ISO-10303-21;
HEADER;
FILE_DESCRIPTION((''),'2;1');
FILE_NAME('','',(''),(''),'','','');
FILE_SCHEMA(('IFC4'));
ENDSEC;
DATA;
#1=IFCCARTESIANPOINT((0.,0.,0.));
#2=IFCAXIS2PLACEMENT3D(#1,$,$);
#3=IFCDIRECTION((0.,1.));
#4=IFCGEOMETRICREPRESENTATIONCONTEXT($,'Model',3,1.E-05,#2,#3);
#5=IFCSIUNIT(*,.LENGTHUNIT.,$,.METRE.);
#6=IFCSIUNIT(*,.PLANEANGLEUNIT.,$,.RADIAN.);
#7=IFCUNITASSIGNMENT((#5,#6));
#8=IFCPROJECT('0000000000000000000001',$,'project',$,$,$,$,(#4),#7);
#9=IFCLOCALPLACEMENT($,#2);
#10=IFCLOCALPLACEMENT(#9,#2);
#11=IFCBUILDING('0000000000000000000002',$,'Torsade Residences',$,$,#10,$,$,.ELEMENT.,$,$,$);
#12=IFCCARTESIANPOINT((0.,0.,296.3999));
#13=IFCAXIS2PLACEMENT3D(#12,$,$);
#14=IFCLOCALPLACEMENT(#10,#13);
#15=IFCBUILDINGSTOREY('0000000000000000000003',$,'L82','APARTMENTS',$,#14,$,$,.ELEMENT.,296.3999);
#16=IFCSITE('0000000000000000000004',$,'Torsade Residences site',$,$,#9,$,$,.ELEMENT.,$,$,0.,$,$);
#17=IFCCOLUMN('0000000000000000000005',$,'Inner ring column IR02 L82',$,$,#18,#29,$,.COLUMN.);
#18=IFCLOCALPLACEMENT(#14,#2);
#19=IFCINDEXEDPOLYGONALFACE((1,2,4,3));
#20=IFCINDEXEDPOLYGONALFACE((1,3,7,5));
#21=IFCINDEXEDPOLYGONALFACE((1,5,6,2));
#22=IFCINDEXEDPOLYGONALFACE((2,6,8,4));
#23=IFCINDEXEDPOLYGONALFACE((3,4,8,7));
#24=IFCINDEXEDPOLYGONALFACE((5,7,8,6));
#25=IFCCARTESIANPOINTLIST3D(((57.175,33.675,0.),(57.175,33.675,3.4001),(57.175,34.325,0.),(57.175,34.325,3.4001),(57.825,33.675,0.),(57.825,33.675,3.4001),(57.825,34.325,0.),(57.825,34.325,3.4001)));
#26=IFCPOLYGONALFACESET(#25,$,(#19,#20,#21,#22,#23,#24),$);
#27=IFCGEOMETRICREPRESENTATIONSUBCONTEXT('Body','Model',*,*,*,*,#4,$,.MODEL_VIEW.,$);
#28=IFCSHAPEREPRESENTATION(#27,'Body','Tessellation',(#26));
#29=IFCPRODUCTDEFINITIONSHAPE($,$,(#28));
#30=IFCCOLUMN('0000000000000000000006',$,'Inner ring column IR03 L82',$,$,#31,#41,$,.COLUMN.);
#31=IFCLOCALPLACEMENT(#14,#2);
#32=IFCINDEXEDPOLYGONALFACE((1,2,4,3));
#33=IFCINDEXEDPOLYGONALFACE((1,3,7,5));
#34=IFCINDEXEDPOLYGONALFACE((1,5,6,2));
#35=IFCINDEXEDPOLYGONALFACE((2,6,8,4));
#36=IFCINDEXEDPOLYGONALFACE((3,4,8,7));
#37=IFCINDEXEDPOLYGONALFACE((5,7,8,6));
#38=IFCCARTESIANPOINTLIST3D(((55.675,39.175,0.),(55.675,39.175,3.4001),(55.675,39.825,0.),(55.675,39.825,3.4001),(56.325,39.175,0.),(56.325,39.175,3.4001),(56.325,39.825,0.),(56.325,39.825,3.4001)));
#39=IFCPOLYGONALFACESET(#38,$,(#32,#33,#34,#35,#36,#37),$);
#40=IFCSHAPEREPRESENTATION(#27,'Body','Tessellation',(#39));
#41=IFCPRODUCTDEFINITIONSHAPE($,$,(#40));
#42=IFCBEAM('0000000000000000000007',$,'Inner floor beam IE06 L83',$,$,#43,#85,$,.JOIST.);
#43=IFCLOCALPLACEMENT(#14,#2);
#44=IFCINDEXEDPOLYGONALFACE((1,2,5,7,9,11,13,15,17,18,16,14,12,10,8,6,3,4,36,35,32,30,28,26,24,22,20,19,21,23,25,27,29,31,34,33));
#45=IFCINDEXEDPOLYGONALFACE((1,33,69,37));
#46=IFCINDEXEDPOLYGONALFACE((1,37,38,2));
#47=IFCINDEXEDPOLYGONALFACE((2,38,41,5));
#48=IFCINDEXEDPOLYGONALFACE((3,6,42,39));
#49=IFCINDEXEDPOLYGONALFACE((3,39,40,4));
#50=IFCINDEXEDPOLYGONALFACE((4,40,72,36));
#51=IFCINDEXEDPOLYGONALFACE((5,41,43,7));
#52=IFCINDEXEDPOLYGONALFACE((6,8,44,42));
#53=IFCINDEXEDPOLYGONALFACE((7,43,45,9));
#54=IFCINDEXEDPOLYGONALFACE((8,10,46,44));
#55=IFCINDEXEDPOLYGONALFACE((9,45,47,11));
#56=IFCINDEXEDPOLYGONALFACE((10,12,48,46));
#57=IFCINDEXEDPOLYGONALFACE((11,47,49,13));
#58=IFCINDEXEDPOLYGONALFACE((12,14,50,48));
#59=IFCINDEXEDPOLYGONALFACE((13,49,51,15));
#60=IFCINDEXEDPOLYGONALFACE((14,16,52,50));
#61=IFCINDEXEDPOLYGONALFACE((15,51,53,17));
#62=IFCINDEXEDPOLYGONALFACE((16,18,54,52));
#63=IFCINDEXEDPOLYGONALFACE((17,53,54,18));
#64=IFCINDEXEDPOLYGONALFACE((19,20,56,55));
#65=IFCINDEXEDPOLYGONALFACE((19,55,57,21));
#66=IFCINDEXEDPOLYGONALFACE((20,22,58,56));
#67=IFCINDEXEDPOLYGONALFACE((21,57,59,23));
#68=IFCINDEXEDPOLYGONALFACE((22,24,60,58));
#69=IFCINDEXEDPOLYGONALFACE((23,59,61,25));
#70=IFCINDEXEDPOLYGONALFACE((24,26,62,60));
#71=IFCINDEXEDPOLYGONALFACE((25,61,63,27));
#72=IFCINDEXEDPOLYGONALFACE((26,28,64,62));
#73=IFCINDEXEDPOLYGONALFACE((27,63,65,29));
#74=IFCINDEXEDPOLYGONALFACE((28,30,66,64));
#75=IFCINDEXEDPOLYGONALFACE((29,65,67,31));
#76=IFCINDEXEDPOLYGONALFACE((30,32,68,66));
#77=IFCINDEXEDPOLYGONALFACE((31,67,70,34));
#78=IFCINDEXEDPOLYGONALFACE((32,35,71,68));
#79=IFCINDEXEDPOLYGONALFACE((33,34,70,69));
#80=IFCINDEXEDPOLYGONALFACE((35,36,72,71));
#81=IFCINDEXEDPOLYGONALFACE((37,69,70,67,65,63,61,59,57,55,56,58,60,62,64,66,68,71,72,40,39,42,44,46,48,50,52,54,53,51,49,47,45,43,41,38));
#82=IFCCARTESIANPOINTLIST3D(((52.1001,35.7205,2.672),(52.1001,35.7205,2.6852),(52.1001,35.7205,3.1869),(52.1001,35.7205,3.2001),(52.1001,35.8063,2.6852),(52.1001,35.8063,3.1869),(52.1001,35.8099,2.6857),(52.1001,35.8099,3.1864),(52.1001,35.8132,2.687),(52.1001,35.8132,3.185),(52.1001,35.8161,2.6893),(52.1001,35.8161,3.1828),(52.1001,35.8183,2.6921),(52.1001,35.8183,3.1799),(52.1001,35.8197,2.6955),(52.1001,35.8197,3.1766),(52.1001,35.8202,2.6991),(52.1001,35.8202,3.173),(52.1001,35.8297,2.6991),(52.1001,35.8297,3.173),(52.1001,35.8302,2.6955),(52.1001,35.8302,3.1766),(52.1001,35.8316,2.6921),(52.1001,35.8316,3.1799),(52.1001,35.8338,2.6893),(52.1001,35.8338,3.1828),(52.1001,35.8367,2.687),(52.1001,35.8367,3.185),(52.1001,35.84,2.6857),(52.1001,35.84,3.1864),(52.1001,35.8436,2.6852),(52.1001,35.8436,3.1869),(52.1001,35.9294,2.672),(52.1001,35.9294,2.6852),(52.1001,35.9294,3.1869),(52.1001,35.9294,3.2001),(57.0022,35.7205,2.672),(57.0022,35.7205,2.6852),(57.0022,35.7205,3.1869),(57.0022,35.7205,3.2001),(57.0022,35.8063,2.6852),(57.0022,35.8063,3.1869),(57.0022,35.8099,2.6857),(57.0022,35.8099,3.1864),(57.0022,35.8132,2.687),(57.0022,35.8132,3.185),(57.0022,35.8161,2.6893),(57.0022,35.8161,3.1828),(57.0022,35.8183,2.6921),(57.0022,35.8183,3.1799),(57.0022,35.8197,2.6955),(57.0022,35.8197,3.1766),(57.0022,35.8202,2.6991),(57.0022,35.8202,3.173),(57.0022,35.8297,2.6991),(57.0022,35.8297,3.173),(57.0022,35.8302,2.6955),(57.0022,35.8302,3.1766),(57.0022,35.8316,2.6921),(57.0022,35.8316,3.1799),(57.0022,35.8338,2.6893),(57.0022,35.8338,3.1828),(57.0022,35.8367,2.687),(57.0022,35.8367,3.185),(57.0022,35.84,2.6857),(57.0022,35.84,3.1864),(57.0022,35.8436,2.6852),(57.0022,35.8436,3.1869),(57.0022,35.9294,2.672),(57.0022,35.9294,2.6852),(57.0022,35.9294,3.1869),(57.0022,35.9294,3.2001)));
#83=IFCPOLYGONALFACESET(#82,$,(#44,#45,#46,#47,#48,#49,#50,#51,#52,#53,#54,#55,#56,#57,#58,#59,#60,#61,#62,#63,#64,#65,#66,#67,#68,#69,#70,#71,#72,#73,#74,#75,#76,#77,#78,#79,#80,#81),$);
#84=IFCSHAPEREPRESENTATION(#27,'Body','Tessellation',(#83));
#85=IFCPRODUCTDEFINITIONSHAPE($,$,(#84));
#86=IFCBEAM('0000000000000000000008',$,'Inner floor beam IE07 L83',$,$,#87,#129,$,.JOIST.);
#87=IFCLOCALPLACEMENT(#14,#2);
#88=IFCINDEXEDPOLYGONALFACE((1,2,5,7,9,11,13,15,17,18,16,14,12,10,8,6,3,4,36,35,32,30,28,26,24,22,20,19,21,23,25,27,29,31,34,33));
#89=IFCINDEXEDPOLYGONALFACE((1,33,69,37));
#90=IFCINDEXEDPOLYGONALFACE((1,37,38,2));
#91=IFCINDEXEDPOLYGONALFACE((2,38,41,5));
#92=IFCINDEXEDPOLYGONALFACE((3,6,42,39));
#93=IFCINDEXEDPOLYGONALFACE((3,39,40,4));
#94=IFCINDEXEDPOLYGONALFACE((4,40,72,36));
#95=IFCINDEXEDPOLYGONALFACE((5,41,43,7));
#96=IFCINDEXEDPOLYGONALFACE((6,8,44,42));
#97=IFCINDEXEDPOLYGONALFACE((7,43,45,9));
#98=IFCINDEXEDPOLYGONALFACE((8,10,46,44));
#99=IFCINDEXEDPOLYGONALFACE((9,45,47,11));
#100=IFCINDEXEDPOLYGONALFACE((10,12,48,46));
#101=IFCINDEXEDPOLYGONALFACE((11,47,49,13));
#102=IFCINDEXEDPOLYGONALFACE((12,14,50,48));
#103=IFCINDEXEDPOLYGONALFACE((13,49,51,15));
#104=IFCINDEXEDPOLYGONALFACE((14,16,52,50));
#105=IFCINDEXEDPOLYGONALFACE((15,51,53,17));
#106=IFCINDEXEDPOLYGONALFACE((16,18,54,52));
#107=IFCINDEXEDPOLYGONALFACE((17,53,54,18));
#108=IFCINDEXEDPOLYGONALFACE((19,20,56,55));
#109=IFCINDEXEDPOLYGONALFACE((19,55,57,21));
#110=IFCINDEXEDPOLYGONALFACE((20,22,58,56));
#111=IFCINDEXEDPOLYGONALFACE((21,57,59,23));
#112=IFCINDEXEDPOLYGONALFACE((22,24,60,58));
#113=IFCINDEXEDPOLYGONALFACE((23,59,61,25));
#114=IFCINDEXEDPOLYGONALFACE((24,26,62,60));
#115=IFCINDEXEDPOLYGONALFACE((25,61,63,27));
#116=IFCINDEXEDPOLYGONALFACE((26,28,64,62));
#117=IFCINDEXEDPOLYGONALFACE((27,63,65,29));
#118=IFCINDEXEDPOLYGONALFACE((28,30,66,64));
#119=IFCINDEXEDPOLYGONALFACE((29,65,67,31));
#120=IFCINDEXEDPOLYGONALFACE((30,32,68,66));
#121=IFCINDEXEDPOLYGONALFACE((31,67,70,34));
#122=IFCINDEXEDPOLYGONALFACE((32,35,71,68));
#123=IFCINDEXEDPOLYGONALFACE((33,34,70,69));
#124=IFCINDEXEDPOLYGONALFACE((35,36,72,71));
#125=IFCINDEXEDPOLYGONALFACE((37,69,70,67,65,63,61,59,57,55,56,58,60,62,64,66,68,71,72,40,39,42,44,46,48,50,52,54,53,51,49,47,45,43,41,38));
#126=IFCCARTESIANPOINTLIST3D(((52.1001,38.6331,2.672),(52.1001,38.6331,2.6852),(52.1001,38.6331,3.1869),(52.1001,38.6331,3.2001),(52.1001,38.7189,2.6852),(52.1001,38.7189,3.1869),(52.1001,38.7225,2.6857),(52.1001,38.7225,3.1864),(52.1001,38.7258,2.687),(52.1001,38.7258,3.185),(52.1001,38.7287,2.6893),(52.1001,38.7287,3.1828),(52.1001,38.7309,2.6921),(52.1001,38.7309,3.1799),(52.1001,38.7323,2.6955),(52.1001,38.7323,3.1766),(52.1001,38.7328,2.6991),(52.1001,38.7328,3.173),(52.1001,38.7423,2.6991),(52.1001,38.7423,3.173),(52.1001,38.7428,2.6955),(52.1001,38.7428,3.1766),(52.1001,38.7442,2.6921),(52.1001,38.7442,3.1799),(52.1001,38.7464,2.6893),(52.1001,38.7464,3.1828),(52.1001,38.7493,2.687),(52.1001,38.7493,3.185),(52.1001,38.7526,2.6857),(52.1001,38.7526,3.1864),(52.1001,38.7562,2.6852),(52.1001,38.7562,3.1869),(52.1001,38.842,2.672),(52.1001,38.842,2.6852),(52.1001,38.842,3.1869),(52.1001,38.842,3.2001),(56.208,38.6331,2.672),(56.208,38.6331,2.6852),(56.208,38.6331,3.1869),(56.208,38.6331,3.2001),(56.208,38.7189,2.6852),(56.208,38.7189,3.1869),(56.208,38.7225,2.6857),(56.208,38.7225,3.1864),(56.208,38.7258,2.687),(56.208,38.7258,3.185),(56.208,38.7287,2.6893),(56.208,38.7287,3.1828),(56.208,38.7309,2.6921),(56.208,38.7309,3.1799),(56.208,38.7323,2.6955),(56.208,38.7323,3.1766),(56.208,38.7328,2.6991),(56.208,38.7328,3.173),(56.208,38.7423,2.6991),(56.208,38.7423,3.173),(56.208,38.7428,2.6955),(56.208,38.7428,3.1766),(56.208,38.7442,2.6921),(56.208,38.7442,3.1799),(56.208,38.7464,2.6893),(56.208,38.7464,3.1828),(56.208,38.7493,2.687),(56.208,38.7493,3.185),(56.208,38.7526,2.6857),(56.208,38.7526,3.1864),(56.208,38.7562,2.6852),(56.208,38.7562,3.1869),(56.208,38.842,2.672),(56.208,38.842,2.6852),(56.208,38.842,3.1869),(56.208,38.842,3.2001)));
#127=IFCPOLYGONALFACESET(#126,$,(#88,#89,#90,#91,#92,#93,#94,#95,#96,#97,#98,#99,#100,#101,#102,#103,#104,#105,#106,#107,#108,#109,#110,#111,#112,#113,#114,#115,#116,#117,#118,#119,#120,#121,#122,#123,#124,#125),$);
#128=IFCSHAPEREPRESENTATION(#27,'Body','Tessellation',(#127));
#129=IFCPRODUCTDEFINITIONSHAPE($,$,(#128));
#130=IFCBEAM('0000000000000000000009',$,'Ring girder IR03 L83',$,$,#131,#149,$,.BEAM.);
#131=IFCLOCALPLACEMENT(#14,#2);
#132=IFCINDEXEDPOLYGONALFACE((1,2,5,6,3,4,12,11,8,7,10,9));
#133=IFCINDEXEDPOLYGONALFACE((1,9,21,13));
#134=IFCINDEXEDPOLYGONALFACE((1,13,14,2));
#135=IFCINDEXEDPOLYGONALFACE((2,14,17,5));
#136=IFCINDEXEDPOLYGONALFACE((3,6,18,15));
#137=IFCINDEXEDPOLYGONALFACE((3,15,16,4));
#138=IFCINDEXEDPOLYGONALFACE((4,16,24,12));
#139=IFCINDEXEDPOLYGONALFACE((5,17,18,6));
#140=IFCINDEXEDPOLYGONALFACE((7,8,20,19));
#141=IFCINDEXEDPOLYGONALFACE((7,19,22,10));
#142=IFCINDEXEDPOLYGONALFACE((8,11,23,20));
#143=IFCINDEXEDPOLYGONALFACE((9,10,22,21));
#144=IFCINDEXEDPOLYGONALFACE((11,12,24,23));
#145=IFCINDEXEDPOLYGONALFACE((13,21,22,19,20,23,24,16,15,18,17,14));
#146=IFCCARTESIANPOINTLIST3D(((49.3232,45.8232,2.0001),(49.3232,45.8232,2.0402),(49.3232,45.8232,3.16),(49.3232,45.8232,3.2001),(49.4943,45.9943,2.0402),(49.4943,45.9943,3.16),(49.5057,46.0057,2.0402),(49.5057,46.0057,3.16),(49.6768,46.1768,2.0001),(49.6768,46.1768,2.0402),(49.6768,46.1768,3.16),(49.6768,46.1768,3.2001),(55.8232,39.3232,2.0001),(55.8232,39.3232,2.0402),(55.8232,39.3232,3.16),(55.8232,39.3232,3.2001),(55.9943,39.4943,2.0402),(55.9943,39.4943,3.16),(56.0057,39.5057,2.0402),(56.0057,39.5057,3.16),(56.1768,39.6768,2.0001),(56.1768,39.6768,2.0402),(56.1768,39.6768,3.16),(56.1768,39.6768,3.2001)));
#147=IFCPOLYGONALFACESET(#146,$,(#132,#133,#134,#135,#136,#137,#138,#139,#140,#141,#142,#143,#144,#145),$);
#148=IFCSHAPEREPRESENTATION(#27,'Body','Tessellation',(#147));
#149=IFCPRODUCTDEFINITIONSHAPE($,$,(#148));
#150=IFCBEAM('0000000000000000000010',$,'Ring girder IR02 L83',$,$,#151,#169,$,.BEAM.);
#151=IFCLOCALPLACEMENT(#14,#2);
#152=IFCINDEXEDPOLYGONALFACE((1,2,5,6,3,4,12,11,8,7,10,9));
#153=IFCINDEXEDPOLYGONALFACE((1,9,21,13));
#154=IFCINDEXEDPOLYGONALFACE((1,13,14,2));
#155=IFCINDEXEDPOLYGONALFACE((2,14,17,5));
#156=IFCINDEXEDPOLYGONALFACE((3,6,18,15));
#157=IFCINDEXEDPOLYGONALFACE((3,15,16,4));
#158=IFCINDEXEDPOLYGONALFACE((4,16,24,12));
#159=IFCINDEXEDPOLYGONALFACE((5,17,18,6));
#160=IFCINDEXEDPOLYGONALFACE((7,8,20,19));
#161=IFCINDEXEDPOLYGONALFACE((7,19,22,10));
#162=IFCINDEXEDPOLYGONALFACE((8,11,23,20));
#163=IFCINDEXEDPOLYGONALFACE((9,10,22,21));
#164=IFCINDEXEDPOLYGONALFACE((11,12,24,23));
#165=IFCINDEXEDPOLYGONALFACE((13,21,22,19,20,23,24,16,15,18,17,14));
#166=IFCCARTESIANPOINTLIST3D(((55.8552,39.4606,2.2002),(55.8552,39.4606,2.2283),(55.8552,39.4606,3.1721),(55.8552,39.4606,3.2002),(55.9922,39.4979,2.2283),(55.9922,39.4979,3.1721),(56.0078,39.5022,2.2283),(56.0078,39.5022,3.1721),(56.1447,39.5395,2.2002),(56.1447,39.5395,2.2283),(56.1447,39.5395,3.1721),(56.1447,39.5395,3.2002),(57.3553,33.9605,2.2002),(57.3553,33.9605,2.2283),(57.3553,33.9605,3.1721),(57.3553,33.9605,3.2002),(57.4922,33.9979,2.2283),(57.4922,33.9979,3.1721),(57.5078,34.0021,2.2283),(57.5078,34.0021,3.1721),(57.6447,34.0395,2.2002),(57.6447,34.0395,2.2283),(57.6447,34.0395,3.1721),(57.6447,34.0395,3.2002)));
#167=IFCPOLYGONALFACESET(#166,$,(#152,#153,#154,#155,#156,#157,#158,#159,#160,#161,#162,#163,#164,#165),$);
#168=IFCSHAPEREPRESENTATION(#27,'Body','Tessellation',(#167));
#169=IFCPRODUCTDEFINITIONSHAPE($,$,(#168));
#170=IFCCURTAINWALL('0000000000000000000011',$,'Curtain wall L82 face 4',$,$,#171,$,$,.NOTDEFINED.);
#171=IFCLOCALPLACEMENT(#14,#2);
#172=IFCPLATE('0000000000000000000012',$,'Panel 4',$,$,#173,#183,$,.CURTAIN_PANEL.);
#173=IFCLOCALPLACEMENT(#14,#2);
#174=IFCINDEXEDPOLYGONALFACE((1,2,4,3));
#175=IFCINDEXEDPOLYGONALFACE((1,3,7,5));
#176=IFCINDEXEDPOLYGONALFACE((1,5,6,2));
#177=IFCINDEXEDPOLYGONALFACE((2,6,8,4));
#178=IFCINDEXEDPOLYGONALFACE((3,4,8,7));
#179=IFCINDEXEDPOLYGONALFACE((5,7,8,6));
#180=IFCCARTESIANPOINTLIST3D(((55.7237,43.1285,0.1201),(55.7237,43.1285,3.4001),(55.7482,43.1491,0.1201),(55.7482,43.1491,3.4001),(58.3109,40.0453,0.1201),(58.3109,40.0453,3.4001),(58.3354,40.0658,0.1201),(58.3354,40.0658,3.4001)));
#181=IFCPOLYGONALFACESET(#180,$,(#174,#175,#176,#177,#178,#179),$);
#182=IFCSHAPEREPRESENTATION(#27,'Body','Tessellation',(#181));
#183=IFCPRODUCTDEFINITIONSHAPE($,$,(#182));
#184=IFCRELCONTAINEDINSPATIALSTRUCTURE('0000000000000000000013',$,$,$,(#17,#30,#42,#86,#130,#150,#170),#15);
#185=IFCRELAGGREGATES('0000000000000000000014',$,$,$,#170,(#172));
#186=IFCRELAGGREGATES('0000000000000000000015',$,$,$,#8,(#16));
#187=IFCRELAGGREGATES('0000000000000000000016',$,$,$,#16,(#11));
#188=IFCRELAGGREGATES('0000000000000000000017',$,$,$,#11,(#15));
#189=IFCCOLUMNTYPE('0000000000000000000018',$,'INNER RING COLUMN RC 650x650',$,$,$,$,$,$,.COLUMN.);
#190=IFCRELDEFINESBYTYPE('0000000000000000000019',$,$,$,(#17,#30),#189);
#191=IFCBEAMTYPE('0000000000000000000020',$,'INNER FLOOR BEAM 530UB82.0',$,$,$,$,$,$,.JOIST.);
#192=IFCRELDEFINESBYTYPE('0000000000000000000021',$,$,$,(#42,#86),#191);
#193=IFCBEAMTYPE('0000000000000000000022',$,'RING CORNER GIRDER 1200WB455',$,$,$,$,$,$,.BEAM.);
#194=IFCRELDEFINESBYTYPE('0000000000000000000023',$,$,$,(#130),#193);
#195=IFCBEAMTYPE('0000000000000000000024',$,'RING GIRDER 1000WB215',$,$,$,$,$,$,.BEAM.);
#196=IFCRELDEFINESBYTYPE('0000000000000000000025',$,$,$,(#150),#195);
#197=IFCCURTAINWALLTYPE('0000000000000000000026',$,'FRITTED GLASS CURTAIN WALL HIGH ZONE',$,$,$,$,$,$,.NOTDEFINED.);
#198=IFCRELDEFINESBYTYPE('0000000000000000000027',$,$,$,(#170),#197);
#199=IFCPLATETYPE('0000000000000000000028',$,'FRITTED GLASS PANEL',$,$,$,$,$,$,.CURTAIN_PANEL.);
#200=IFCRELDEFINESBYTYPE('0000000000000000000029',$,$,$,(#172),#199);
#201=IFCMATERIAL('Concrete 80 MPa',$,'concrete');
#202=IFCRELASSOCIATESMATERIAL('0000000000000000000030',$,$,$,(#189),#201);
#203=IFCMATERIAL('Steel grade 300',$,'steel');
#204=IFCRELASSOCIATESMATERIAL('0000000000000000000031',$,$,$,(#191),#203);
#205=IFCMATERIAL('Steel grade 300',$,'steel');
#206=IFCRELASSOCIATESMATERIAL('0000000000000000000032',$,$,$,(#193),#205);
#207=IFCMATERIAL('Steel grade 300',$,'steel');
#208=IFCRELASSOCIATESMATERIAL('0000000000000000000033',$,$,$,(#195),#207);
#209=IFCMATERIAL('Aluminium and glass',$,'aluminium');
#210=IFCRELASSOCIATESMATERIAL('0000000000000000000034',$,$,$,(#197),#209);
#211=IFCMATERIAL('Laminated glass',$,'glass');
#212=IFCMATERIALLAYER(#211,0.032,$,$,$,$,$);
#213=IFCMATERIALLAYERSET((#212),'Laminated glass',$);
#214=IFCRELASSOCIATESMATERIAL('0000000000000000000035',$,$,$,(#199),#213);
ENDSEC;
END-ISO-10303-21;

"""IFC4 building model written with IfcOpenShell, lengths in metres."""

from ifc_helpers import new_model, si_unit, direction, frame, origin, origin_2d, place, context, subcontext, project, spatial, rectangle, i_section, extrude, material, layer, layer_set, material_profile, profile_set, type_object, element, aggregate, save


model = new_model("IFC4")

# Units and contexts
model_context = context("Model", 3, precision=1e-05, world=origin(), true_north=direction((0.0, 1.0)))
body_context = subcontext(model_context, "Body", "Model", "MODEL_VIEW")
ifc_project = project(units=[si_unit("LENGTHUNIT", "METRE"), si_unit("PLANEANGLEUNIT", "RADIAN")], contexts=[model_context])

# Site, building, storey
site_placement = place(None, origin())
site = spatial("IfcSite", under=ifc_project, at=site_placement, Name="Torsade Residences site", CompositionType="ELEMENT", RefElevation=0.0)
building_placement = place(site_placement, origin())
building = spatial("IfcBuilding", under=site, at=building_placement, Name="Torsade Residences", CompositionType="ELEMENT")
storey_placement = place(building_placement, frame((0.0, 0.0, 296.3999)))
storey = spatial("IfcBuildingStorey", under=building, at=storey_placement, Name="L82", Description="APARTMENTS", CompositionType="ELEMENT", Elevation=296.3999)

# Columns
ifc_material_1 = material(Name="Concrete 80 MPa", Category="concrete")
ifc_material_profile_1 = material_profile(ifc_material_1, rectangle(XDim=0.6499, YDim=0.6499, at=origin_2d()), Name="RC 650x650")
ifc_profile_set_1 = profile_set([ifc_material_profile_1], Name="Concrete 80 MPa")
column_type = type_object("IfcColumnType", Name="INNER RING COLUMN RC 650x650", PredefinedType="COLUMN", material=ifc_profile_set_1)
for number, where, z_axis, x_axis, name in (
    (1, (57.5, 34.0, 0.0), (0.0, 0.0, 1.0), (1.0, 0.0, 0.0), "Inner ring column IR02 L82"),
    (2, (56.0, 39.5, 0.0), (0.0, 0.0, 1.0), (1.0, 0.0, 0.0), "Inner ring column IR03 L82"),
):
    element("IfcColumn", number, at=place(storey_placement, frame(where, z_axis=z_axis, x_axis=x_axis)), inside=storey, type_object=column_type, Name=name, PredefinedType="COLUMN", context=body_context, shape_type="SweptSolid", body=[
        extrude(rectangle(XDim=0.6499, YDim=0.6499, at=origin_2d()), origin(), (0.0, 0.0, 1.0), 3.4001),
    ])

# Beams
ifc_material_2 = material(Name="Steel grade 300", Category="steel")
ifc_material_profile_2 = material_profile(ifc_material_2, i_section(OverallWidth=0.209, OverallDepth=0.5281, WebThickness=0.0095, FlangeThickness=0.0132, FilletRadius=0.0139, at=origin_2d()), Name="530UB82.0")
ifc_profile_set_2 = profile_set([ifc_material_profile_2], Name="Steel grade 300")
beam_type_1 = type_object("IfcBeamType", Name="INNER FLOOR BEAM 530UB82.0", PredefinedType="JOIST", material=ifc_profile_set_2)
beam_1_placement = place(storey_placement, frame((52.1001, 35.825, 2.936), z_axis=(1.0, 0.0, 0.0), x_axis=(0.0, 1.0, 0.0)))
element("IfcBeam", 3, at=beam_1_placement, inside=storey, type_object=beam_type_1, Name="Inner floor beam IE06 L83", PredefinedType="JOIST", context=body_context, shape_type="SweptSolid", body=[
    extrude(i_section(OverallWidth=0.209, OverallDepth=0.5281, WebThickness=0.0095, FlangeThickness=0.0132, FilletRadius=0.0139, at=origin_2d()), origin(), (0.0, 0.0, 1.0), 4.9021),
])
beam_2_placement = place(storey_placement, frame((52.1001, 38.7375, 2.936), z_axis=(1.0, 0.0, 0.0), x_axis=(0.0, 1.0, 0.0)))
element("IfcBeam", 4, at=beam_2_placement, inside=storey, type_object=beam_type_1, Name="Inner floor beam IE07 L83", PredefinedType="JOIST", context=body_context, shape_type="SweptSolid", body=[
    extrude(i_section(OverallWidth=0.209, OverallDepth=0.5281, WebThickness=0.0095, FlangeThickness=0.0132, FilletRadius=0.0139, at=origin_2d()), origin(), (0.0, 0.0, 1.0), 4.1079),
])
ifc_material_3 = material(Name="Steel grade 300", Category="steel")
ifc_material_profile_3 = material_profile(ifc_material_3, i_section(OverallWidth=0.5, OverallDepth=1.2, WebThickness=0.0161, FlangeThickness=0.04, at=origin_2d()), Name="1200WB455")
ifc_profile_set_3 = profile_set([ifc_material_profile_3], Name="Steel grade 300")
beam_type_2 = type_object("IfcBeamType", Name="RING CORNER GIRDER 1200WB455", PredefinedType="BEAM", material=ifc_profile_set_3)
beam_3_placement = place(storey_placement, frame((56.0, 39.5, 2.6001), z_axis=(-0.707107, 0.707107, 0.0), x_axis=(-0.707107, -0.707107, 0.0)))
element("IfcBeam", 5, at=beam_3_placement, inside=storey, type_object=beam_type_2, Name="Ring girder IR03 L83", PredefinedType="BEAM", context=body_context, shape_type="SweptSolid", body=[
    extrude(i_section(OverallWidth=0.5, OverallDepth=1.2, WebThickness=0.0161, FlangeThickness=0.04, at=origin_2d()), origin(), (0.0, 0.0, 1.0), 9.1924),
])
ifc_material_4 = material(Name="Steel grade 300", Category="steel")
ifc_material_profile_4 = material_profile(ifc_material_4, i_section(OverallWidth=0.3, OverallDepth=1.0, WebThickness=0.0161, FlangeThickness=0.0281, at=origin_2d()), Name="1000WB215")
ifc_profile_set_4 = profile_set([ifc_material_profile_4], Name="Steel grade 300")
beam_type_3 = type_object("IfcBeamType", Name="RING GIRDER 1000WB215", PredefinedType="BEAM", material=ifc_profile_set_4)
beam_4_placement = place(storey_placement, frame((57.5, 34.0, 2.7002), z_axis=(-0.263117, 0.964764, 0.0), x_axis=(-0.964764, -0.263117, 0.0)))
element("IfcBeam", 6, at=beam_4_placement, inside=storey, type_object=beam_type_3, Name="Ring girder IR02 L83", PredefinedType="BEAM", context=body_context, shape_type="SweptSolid", body=[
    extrude(i_section(OverallWidth=0.3, OverallDepth=1.0, WebThickness=0.0161, FlangeThickness=0.0281, at=origin_2d()), origin(), (0.0, 0.0, 1.0), 5.7009),
])

# Curtain wall, plate
ifc_material_5 = material(Name="Aluminium and glass", Category="aluminium")
curtain_wall_type = type_object("IfcCurtainWallType", Name="FRITTED GLASS CURTAIN WALL HIGH ZONE", PredefinedType="NOTDEFINED", material=ifc_material_5)
curtain_wall_placement = place(storey_placement, origin())
curtain_wall = element("IfcCurtainWall", 7, at=curtain_wall_placement, inside=storey, type_object=curtain_wall_type, Name="Curtain wall L82 face 4", PredefinedType="NOTDEFINED")
ifc_material_6 = material(Name="Laminated glass", Category="glass")
ifc_layer_1 = layer(ifc_material_6, 0.032)
ifc_layer_set_1 = layer_set([ifc_layer_1], Name="Laminated glass")
plate_type = type_object("IfcPlateType", Name="FRITTED GLASS PANEL", PredefinedType="CURTAIN_PANEL", material=ifc_layer_set_1)
plate_placement = place(storey_placement, frame((57.0295, 41.5972, 0.1201), z_axis=(0.0, 0.0, 1.0), x_axis=(-0.642788, 0.766044, 0.0)))
plate = element("IfcPlate", 8, at=plate_placement, type_object=plate_type, Name="Panel 4", PredefinedType="CURTAIN_PANEL", context=body_context, shape_type="SweptSolid", body=[
    extrude(rectangle(XDim=4.0249, YDim=0.032, at=origin_2d()), origin(), (0.0, 0.0, 1.0), 3.28),
])
aggregate(curtain_wall, [plate])

save(model, "model.ifc")
